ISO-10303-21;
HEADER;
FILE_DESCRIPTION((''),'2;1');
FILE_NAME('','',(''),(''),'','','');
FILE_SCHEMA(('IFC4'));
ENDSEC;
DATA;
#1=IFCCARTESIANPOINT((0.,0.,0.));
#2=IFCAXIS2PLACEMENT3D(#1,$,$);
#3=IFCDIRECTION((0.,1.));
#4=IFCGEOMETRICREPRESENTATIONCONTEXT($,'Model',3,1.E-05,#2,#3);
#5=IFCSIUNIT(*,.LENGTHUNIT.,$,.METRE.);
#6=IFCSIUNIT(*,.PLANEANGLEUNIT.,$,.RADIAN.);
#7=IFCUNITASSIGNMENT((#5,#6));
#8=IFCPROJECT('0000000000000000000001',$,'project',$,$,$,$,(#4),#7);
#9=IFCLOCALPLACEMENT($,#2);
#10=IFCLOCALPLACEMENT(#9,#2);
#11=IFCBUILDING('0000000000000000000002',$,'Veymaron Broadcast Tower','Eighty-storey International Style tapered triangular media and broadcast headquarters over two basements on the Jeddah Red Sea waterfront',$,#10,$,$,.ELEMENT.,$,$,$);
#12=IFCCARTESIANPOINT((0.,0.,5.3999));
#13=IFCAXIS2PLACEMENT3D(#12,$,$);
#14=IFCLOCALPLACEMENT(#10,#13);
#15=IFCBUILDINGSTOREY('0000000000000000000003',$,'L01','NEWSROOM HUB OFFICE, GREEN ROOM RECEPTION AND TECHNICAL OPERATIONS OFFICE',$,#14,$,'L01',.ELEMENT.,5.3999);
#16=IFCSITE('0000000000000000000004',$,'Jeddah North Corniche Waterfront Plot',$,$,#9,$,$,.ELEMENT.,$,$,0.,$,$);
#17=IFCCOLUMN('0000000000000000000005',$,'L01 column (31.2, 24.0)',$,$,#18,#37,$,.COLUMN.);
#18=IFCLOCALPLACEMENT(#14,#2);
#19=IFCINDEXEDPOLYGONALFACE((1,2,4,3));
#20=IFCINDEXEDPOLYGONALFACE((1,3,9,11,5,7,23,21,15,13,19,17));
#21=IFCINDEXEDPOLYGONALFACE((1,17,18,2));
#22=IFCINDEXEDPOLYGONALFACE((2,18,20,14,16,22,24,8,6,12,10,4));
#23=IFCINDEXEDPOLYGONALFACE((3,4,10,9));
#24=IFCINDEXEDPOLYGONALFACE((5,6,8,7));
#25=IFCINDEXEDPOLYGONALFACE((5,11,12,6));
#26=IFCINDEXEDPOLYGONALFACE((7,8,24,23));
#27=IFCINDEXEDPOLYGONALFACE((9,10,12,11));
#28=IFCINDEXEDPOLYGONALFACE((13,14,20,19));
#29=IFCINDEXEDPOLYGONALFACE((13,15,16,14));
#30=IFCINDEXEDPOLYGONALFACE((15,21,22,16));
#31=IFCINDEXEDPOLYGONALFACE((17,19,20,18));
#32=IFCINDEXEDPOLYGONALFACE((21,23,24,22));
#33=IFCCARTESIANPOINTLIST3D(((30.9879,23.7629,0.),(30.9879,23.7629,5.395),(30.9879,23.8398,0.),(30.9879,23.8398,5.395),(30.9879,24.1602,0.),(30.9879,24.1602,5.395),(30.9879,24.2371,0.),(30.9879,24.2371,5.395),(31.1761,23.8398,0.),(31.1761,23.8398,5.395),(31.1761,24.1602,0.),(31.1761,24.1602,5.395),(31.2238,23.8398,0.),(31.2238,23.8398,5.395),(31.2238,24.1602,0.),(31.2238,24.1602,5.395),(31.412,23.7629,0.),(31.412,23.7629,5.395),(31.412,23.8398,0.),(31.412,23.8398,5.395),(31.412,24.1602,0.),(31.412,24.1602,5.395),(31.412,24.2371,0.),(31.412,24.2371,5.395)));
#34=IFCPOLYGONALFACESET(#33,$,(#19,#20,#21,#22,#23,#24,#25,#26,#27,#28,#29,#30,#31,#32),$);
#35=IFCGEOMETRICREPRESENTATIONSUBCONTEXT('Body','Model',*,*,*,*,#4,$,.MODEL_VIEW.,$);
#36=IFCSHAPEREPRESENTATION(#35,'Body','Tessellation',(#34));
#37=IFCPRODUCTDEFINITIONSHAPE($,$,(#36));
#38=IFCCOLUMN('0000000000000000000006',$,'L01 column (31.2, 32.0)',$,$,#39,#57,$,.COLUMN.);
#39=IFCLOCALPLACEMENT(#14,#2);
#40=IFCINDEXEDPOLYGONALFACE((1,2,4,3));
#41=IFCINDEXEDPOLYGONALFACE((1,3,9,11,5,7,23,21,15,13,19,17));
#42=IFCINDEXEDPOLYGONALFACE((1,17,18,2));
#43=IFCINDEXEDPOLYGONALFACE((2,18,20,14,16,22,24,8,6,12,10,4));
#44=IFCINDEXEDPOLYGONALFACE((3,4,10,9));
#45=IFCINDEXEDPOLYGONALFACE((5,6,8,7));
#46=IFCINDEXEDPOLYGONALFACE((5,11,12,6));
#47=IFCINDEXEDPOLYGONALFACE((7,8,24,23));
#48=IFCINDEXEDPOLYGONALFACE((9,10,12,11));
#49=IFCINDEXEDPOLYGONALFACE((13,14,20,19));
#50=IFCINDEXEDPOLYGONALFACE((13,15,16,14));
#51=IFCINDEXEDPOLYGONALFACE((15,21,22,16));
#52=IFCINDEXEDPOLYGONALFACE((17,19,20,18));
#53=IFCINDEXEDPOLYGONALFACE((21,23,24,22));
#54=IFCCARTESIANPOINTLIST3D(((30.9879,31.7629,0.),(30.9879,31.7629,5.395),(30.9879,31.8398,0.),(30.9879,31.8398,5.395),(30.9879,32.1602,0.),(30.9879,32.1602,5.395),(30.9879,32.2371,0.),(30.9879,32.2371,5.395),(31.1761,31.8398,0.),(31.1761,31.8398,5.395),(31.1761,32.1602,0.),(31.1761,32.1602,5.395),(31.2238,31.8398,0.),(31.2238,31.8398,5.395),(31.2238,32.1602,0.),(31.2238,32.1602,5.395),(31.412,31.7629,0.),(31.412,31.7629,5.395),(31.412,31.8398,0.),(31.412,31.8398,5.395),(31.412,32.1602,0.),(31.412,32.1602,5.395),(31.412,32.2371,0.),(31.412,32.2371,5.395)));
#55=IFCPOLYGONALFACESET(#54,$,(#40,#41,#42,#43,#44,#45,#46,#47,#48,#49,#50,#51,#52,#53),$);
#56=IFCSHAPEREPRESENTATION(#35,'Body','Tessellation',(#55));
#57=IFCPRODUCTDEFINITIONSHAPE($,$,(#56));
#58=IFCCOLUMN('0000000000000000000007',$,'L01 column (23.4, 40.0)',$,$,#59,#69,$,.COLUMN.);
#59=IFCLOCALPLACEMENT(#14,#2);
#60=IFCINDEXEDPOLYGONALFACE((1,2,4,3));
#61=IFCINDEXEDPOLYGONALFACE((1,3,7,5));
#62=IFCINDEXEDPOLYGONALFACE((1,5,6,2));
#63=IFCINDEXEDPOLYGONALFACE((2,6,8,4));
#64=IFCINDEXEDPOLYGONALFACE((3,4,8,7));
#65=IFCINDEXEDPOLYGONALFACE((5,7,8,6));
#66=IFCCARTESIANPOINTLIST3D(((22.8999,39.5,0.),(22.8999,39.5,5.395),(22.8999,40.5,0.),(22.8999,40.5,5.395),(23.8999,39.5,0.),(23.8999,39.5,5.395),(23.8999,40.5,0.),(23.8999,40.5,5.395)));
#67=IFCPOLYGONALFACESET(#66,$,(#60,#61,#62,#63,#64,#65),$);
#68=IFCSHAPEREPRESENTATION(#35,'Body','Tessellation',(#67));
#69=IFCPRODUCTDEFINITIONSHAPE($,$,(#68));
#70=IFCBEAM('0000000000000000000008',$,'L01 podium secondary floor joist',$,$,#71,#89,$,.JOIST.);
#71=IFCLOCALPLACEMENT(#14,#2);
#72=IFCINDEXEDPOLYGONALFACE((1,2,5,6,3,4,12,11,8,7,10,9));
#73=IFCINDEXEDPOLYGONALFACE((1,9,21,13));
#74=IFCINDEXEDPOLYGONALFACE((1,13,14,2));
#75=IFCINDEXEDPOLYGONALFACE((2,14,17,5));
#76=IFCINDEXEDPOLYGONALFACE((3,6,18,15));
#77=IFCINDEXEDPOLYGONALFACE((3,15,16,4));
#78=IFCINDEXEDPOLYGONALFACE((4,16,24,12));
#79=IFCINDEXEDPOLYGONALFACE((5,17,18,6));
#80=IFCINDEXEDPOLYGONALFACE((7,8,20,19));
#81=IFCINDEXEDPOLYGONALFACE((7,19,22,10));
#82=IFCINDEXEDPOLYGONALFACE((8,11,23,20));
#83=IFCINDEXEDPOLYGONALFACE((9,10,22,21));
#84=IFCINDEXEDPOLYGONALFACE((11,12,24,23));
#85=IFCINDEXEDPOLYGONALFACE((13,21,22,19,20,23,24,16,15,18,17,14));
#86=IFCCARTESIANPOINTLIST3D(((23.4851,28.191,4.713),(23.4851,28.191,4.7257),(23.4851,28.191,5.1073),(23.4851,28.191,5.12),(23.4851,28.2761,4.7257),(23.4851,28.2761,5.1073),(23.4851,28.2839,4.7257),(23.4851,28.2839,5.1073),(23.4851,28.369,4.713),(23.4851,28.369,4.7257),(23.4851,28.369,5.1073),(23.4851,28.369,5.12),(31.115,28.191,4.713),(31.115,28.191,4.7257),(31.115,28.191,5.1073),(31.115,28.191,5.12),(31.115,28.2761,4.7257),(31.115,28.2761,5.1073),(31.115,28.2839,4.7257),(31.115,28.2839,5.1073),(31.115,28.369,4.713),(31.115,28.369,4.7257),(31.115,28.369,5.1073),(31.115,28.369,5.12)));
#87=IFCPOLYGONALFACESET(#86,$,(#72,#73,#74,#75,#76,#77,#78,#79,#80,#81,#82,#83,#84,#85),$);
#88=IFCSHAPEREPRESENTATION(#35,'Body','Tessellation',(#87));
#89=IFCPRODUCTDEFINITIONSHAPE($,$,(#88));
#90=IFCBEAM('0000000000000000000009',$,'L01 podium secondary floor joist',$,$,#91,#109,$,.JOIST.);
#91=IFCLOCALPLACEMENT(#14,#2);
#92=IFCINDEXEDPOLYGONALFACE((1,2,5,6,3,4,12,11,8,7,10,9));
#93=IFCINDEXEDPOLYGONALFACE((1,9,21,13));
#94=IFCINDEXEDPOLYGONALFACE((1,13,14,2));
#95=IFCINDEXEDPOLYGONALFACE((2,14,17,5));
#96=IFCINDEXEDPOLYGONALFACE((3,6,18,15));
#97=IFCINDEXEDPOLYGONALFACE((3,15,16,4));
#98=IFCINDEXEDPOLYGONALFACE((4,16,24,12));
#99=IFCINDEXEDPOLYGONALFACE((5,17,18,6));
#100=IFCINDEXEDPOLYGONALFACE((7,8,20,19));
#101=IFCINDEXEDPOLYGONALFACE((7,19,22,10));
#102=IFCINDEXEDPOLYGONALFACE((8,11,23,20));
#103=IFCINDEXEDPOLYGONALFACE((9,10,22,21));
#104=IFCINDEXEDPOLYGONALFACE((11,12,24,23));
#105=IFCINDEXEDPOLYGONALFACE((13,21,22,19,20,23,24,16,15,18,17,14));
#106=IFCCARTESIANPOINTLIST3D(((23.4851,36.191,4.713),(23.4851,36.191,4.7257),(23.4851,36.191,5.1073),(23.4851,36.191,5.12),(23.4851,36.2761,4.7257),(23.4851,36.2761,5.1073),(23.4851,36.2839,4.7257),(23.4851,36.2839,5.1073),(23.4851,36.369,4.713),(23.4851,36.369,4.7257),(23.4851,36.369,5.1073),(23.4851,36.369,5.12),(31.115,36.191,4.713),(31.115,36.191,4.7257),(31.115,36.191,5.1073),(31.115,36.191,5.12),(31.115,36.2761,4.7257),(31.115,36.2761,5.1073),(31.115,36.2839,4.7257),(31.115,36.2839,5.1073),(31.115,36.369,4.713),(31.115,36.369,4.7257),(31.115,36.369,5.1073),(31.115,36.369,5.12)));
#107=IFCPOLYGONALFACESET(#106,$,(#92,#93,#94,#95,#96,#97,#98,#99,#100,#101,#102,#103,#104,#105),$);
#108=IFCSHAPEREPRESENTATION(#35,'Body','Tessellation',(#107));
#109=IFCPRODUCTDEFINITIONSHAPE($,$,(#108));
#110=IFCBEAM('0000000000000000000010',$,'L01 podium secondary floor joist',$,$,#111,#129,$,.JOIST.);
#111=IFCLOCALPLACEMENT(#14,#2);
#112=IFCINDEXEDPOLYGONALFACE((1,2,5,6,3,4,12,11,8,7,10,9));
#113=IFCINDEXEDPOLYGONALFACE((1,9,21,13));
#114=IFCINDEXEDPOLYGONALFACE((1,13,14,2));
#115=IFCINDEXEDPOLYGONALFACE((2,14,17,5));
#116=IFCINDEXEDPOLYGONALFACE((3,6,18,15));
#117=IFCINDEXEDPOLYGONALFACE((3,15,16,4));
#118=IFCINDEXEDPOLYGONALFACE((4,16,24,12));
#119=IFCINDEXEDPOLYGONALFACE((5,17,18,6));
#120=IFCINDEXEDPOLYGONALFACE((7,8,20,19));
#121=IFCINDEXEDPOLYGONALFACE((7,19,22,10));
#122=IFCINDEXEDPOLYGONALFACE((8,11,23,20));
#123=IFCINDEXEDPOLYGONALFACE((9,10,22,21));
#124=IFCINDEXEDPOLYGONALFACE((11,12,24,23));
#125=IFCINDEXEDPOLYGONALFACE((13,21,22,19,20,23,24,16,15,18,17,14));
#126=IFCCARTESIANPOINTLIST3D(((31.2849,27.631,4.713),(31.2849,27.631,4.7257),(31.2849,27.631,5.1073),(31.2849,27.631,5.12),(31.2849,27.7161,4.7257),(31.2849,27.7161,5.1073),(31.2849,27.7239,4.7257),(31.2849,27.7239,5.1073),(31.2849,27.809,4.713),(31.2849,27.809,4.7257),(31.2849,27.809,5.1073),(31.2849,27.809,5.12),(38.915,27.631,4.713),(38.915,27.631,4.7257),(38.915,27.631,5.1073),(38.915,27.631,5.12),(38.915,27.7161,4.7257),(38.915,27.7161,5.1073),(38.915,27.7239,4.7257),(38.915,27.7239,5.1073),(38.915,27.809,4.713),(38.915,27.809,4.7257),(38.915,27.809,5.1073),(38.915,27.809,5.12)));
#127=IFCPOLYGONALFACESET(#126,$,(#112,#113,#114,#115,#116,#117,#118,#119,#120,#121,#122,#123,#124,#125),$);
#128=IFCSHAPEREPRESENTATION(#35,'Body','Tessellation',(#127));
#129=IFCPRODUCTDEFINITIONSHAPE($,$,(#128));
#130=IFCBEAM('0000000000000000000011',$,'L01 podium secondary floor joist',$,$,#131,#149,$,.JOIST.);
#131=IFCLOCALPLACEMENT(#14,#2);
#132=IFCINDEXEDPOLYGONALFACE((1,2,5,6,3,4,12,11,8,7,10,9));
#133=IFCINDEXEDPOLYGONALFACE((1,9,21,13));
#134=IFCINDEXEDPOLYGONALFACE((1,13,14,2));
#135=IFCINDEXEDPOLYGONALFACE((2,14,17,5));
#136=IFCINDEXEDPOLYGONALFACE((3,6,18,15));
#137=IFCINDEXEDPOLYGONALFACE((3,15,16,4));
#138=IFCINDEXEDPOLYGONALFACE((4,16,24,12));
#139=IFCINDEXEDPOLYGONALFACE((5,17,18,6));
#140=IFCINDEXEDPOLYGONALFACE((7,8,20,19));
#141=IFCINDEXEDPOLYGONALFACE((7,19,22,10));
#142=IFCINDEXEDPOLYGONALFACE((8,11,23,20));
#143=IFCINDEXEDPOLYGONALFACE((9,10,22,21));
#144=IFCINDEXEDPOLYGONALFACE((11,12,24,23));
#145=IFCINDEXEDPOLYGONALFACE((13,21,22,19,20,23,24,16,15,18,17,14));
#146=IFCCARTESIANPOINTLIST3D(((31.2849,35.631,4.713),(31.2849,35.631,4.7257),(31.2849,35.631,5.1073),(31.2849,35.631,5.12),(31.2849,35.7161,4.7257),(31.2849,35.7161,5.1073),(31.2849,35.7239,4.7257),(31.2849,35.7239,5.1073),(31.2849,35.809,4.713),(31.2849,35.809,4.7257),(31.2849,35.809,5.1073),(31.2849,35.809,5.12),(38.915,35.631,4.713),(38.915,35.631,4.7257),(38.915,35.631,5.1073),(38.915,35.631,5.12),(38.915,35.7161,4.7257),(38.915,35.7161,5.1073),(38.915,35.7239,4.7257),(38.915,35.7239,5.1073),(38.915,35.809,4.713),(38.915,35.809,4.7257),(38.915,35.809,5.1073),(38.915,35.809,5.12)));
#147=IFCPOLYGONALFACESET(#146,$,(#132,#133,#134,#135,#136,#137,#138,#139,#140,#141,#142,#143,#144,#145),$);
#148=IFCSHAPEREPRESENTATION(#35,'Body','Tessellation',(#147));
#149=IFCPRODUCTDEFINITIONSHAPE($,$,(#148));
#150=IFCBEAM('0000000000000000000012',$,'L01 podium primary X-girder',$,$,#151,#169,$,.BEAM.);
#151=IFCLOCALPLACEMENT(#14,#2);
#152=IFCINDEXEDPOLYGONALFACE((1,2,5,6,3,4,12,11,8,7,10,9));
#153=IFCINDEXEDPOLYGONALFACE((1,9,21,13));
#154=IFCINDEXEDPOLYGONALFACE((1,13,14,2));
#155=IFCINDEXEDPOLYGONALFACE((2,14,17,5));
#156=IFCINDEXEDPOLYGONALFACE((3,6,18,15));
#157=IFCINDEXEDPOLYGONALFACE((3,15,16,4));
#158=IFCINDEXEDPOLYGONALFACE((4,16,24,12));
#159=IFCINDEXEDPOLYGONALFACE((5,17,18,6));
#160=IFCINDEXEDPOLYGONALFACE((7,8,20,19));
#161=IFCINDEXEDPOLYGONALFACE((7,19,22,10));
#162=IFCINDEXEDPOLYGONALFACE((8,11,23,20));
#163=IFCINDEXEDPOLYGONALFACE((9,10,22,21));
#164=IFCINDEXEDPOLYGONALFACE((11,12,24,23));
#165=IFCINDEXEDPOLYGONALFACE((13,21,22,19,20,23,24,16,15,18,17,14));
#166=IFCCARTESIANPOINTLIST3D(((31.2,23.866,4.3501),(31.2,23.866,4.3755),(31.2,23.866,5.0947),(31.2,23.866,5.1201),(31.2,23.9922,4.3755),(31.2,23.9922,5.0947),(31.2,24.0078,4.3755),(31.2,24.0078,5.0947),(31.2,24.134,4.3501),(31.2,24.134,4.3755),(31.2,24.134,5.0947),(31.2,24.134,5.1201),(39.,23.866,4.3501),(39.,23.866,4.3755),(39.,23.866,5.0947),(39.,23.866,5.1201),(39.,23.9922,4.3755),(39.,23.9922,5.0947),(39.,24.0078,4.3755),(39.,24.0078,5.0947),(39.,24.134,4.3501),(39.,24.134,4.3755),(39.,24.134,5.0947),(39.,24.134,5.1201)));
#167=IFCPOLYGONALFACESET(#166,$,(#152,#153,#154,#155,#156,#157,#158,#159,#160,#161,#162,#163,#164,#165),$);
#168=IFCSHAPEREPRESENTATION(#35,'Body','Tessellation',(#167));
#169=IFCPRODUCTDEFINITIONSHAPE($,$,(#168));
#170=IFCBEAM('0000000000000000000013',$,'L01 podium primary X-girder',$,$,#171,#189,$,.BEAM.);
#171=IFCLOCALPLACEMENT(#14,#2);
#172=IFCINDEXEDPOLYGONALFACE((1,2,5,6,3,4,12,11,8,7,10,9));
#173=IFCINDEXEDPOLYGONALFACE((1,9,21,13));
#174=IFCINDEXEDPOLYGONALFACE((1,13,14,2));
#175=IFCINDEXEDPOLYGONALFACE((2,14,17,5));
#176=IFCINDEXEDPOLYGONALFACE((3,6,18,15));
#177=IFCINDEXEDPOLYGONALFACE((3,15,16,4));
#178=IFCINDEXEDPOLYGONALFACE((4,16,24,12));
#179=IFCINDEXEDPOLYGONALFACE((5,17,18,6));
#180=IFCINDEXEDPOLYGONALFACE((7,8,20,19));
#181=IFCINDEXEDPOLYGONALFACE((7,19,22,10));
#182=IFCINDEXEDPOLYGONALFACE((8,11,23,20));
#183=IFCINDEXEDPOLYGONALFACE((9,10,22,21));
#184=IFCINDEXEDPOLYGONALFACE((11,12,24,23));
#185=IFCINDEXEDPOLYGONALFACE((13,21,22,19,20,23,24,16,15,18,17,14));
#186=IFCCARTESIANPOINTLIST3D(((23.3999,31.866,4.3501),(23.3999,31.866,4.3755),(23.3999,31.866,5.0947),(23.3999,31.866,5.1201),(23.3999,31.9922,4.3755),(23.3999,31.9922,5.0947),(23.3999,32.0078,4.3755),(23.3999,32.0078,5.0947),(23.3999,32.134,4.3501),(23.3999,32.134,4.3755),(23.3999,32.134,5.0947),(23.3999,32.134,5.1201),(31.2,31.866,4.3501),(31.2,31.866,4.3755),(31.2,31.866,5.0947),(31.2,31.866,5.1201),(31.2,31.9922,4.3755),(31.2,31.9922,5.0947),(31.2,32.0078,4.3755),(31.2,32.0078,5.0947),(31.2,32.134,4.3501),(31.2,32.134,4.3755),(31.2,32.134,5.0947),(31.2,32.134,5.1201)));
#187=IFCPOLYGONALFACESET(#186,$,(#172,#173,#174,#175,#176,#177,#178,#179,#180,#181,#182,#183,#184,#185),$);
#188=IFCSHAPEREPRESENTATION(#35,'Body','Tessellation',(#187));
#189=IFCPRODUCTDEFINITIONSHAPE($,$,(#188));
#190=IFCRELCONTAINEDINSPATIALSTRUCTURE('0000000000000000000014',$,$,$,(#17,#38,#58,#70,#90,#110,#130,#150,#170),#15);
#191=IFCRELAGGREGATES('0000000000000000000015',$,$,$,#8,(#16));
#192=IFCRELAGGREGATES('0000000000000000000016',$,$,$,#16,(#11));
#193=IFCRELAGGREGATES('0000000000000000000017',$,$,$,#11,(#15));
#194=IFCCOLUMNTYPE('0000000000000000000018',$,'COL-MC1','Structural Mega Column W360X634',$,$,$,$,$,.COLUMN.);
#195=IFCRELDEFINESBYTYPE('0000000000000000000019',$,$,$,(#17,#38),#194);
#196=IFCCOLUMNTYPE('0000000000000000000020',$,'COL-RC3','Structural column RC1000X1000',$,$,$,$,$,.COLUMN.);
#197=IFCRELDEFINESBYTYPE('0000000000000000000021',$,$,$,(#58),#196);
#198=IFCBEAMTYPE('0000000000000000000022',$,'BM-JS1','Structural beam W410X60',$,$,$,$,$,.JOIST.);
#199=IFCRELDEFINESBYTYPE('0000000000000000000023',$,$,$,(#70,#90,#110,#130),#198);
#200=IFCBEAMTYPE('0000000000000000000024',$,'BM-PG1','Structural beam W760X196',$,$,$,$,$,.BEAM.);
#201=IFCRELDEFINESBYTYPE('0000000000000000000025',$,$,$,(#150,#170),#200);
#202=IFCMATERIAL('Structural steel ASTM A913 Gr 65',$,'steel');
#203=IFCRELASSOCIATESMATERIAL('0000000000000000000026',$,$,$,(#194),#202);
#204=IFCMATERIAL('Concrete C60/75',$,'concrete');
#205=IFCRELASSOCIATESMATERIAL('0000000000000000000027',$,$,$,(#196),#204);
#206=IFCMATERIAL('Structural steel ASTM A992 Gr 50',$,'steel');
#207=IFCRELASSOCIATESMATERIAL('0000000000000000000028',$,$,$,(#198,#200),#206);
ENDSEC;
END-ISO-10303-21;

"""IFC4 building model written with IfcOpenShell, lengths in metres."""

from ifc_helpers import new_model, si_unit, direction, frame, origin, origin_2d, place, context, subcontext, project, spatial, rectangle, i_section, extrude, material, material_profile, profile_set, type_object, element, save


model = new_model("IFC4")

# Units and contexts
model_context = context("Model", 3, precision=1e-05, world=origin(), true_north=direction((0.0, 1.0)))
body_context = subcontext(model_context, "Body", "Model", "MODEL_VIEW")
ifc_project = project(units=[si_unit("LENGTHUNIT", "METRE"), si_unit("PLANEANGLEUNIT", "RADIAN")], contexts=[model_context])

# Site, building, storey
site_placement = place(None, origin())
site = spatial("IfcSite", under=ifc_project, at=site_placement, Name="Jeddah North Corniche Waterfront Plot", CompositionType="ELEMENT", RefElevation=0.0)
building_placement = place(site_placement, origin())
building = spatial("IfcBuilding", under=site, at=building_placement, Name="Veymaron Broadcast Tower", Description="Eighty-storey International Style tapered triangular media and broadcast headquarters over two basements on the Jeddah Red Sea waterfront", CompositionType="ELEMENT")
storey_placement = place(building_placement, frame((0.0, 0.0, 5.3999)))
storey = spatial("IfcBuildingStorey", under=building, at=storey_placement, Name="L01", Description="NEWSROOM HUB OFFICE, GREEN ROOM RECEPTION AND TECHNICAL OPERATIONS OFFICE", LongName="L01", CompositionType="ELEMENT", Elevation=5.3999)

# Columns
ifc_material_1 = material(Name="Structural steel ASTM A913 Gr 65", Category="steel")
ifc_material_profile_1 = material_profile(ifc_material_1, i_section(OverallWidth=0.4241, OverallDepth=0.4741, WebThickness=0.0476, FlangeThickness=0.0769, at=origin_2d()), Name="W360X634")
ifc_profile_set_1 = profile_set([ifc_material_profile_1], Name="Structural steel ASTM A913 Gr 65")
column_type_1 = type_object("IfcColumnType", Name="COL-MC1", Description="Structural Mega Column W360X634", PredefinedType="COLUMN", material=ifc_profile_set_1)
for number, where, z_axis, x_axis, name in (
    (1, (31.2, 24.0, 0.0), (0.0, 0.0, 1.0), (1.0, 0.0, 0.0), "L01 column (31.2, 24.0)"),
    (2, (31.2, 32.0, 0.0), (0.0, 0.0, 1.0), (1.0, 0.0, 0.0), "L01 column (31.2, 32.0)"),
):
    element("IfcColumn", number, at=place(storey_placement, frame(where, z_axis=z_axis, x_axis=x_axis)), inside=storey, type_object=column_type_1, Name=name, PredefinedType="COLUMN", context=body_context, shape_type="SweptSolid", body=[
        extrude(i_section(OverallWidth=0.4241, OverallDepth=0.4741, WebThickness=0.0476, FlangeThickness=0.0769, at=origin_2d()), origin(), (0.0, 0.0, 1.0), 5.395),
    ])
ifc_material_2 = material(Name="Concrete C60/75", Category="concrete")
ifc_material_profile_2 = material_profile(ifc_material_2, rectangle(XDim=1.0, YDim=1.0, at=origin_2d()), Name="RC1000X1000")
ifc_profile_set_2 = profile_set([ifc_material_profile_2], Name="Concrete C60/75")
column_type_2 = type_object("IfcColumnType", Name="COL-RC3", Description="Structural column RC1000X1000", PredefinedType="COLUMN", material=ifc_profile_set_2)
column_placement = place(storey_placement, frame((23.3999, 40.0, 0.0), z_axis=(0.0, 0.0, 1.0), x_axis=(1.0, 0.0, 0.0)))
element("IfcColumn", 3, at=column_placement, inside=storey, type_object=column_type_2, Name="L01 column (23.4, 40.0)", PredefinedType="COLUMN", context=body_context, shape_type="SweptSolid", body=[
    extrude(rectangle(XDim=1.0, YDim=1.0, at=origin_2d()), origin(), (0.0, 0.0, 1.0), 5.395),
])

# Beams
ifc_material_3 = material(Name="Structural steel ASTM A992 Gr 50", Category="steel")
ifc_material_profile_3 = material_profile(ifc_material_3, i_section(OverallWidth=0.178, OverallDepth=0.407, WebThickness=0.0078, FlangeThickness=0.0127, at=origin_2d()), Name="W410X60")
ifc_profile_set_3 = profile_set([ifc_material_profile_3], Name="Structural steel ASTM A992 Gr 50")
beam_type_1 = type_object("IfcBeamType", Name="BM-JS1", Description="Structural beam W410X60", PredefinedType="JOIST", material=ifc_profile_set_3)
for number, where, z_axis, x_axis, name in (
    (4, (23.4851, 28.28, 4.9165), (1.0, 0.0, 0.0), (0.0, 1.0, 0.0), "L01 podium secondary floor joist"),
    (5, (23.4851, 36.28, 4.9165), (1.0, 0.0, 0.0), (0.0, 1.0, 0.0), "L01 podium secondary floor joist"),
):
    element("IfcBeam", number, at=place(storey_placement, frame(where, z_axis=z_axis, x_axis=x_axis)), inside=storey, type_object=beam_type_1, Name=name, PredefinedType="JOIST", context=body_context, shape_type="SweptSolid", body=[
        extrude(i_section(OverallWidth=0.178, OverallDepth=0.407, WebThickness=0.0078, FlangeThickness=0.0127, at=origin_2d()), origin(), (0.0, 0.0, 1.0), 7.6299),
    ])
for number, where, z_axis, x_axis, name in (
    (6, (31.2849, 27.72, 4.9165), (1.0, 0.0, 0.0), (0.0, 1.0, 0.0), "L01 podium secondary floor joist"),
    (7, (31.2849, 35.72, 4.9165), (1.0, 0.0, 0.0), (0.0, 1.0, 0.0), "L01 podium secondary floor joist"),
):
    element("IfcBeam", number, at=place(storey_placement, frame(where, z_axis=z_axis, x_axis=x_axis)), inside=storey, type_object=beam_type_1, Name=name, PredefinedType="JOIST", context=body_context, shape_type="SweptSolid", body=[
        extrude(i_section(OverallWidth=0.178, OverallDepth=0.407, WebThickness=0.0078, FlangeThickness=0.0127, at=origin_2d()), origin(), (0.0, 0.0, 1.0), 7.6301),
    ])
ifc_material_profile_4 = material_profile(ifc_material_3, i_section(OverallWidth=0.2681, OverallDepth=0.77, WebThickness=0.0156, FlangeThickness=0.0254, at=origin_2d()), Name="W760X196")
ifc_profile_set_4 = profile_set([ifc_material_profile_4], Name="Structural steel ASTM A992 Gr 50")
beam_type_2 = type_object("IfcBeamType", Name="BM-PG1", Description="Structural beam W760X196", PredefinedType="BEAM", material=ifc_profile_set_4)
for number, where, z_axis, x_axis, name in (
    (8, (31.2, 24.0, 4.7351), (1.0, 0.0, 0.0), (0.0, 1.0, 0.0), "L01 podium primary X-girder"),
    (9, (23.3999, 32.0, 4.7351), (1.0, 0.0, 0.0), (0.0, 1.0, 0.0), "L01 podium primary X-girder"),
):
    element("IfcBeam", number, at=place(storey_placement, frame(where, z_axis=z_axis, x_axis=x_axis)), inside=storey, type_object=beam_type_2, Name=name, PredefinedType="BEAM", context=body_context, shape_type="SweptSolid", body=[
        extrude(i_section(OverallWidth=0.2681, OverallDepth=0.77, WebThickness=0.0156, FlangeThickness=0.0254, at=origin_2d()), origin(), (0.0, 0.0, 1.0), 7.8),
    ])

save(model, "model.ifc")
